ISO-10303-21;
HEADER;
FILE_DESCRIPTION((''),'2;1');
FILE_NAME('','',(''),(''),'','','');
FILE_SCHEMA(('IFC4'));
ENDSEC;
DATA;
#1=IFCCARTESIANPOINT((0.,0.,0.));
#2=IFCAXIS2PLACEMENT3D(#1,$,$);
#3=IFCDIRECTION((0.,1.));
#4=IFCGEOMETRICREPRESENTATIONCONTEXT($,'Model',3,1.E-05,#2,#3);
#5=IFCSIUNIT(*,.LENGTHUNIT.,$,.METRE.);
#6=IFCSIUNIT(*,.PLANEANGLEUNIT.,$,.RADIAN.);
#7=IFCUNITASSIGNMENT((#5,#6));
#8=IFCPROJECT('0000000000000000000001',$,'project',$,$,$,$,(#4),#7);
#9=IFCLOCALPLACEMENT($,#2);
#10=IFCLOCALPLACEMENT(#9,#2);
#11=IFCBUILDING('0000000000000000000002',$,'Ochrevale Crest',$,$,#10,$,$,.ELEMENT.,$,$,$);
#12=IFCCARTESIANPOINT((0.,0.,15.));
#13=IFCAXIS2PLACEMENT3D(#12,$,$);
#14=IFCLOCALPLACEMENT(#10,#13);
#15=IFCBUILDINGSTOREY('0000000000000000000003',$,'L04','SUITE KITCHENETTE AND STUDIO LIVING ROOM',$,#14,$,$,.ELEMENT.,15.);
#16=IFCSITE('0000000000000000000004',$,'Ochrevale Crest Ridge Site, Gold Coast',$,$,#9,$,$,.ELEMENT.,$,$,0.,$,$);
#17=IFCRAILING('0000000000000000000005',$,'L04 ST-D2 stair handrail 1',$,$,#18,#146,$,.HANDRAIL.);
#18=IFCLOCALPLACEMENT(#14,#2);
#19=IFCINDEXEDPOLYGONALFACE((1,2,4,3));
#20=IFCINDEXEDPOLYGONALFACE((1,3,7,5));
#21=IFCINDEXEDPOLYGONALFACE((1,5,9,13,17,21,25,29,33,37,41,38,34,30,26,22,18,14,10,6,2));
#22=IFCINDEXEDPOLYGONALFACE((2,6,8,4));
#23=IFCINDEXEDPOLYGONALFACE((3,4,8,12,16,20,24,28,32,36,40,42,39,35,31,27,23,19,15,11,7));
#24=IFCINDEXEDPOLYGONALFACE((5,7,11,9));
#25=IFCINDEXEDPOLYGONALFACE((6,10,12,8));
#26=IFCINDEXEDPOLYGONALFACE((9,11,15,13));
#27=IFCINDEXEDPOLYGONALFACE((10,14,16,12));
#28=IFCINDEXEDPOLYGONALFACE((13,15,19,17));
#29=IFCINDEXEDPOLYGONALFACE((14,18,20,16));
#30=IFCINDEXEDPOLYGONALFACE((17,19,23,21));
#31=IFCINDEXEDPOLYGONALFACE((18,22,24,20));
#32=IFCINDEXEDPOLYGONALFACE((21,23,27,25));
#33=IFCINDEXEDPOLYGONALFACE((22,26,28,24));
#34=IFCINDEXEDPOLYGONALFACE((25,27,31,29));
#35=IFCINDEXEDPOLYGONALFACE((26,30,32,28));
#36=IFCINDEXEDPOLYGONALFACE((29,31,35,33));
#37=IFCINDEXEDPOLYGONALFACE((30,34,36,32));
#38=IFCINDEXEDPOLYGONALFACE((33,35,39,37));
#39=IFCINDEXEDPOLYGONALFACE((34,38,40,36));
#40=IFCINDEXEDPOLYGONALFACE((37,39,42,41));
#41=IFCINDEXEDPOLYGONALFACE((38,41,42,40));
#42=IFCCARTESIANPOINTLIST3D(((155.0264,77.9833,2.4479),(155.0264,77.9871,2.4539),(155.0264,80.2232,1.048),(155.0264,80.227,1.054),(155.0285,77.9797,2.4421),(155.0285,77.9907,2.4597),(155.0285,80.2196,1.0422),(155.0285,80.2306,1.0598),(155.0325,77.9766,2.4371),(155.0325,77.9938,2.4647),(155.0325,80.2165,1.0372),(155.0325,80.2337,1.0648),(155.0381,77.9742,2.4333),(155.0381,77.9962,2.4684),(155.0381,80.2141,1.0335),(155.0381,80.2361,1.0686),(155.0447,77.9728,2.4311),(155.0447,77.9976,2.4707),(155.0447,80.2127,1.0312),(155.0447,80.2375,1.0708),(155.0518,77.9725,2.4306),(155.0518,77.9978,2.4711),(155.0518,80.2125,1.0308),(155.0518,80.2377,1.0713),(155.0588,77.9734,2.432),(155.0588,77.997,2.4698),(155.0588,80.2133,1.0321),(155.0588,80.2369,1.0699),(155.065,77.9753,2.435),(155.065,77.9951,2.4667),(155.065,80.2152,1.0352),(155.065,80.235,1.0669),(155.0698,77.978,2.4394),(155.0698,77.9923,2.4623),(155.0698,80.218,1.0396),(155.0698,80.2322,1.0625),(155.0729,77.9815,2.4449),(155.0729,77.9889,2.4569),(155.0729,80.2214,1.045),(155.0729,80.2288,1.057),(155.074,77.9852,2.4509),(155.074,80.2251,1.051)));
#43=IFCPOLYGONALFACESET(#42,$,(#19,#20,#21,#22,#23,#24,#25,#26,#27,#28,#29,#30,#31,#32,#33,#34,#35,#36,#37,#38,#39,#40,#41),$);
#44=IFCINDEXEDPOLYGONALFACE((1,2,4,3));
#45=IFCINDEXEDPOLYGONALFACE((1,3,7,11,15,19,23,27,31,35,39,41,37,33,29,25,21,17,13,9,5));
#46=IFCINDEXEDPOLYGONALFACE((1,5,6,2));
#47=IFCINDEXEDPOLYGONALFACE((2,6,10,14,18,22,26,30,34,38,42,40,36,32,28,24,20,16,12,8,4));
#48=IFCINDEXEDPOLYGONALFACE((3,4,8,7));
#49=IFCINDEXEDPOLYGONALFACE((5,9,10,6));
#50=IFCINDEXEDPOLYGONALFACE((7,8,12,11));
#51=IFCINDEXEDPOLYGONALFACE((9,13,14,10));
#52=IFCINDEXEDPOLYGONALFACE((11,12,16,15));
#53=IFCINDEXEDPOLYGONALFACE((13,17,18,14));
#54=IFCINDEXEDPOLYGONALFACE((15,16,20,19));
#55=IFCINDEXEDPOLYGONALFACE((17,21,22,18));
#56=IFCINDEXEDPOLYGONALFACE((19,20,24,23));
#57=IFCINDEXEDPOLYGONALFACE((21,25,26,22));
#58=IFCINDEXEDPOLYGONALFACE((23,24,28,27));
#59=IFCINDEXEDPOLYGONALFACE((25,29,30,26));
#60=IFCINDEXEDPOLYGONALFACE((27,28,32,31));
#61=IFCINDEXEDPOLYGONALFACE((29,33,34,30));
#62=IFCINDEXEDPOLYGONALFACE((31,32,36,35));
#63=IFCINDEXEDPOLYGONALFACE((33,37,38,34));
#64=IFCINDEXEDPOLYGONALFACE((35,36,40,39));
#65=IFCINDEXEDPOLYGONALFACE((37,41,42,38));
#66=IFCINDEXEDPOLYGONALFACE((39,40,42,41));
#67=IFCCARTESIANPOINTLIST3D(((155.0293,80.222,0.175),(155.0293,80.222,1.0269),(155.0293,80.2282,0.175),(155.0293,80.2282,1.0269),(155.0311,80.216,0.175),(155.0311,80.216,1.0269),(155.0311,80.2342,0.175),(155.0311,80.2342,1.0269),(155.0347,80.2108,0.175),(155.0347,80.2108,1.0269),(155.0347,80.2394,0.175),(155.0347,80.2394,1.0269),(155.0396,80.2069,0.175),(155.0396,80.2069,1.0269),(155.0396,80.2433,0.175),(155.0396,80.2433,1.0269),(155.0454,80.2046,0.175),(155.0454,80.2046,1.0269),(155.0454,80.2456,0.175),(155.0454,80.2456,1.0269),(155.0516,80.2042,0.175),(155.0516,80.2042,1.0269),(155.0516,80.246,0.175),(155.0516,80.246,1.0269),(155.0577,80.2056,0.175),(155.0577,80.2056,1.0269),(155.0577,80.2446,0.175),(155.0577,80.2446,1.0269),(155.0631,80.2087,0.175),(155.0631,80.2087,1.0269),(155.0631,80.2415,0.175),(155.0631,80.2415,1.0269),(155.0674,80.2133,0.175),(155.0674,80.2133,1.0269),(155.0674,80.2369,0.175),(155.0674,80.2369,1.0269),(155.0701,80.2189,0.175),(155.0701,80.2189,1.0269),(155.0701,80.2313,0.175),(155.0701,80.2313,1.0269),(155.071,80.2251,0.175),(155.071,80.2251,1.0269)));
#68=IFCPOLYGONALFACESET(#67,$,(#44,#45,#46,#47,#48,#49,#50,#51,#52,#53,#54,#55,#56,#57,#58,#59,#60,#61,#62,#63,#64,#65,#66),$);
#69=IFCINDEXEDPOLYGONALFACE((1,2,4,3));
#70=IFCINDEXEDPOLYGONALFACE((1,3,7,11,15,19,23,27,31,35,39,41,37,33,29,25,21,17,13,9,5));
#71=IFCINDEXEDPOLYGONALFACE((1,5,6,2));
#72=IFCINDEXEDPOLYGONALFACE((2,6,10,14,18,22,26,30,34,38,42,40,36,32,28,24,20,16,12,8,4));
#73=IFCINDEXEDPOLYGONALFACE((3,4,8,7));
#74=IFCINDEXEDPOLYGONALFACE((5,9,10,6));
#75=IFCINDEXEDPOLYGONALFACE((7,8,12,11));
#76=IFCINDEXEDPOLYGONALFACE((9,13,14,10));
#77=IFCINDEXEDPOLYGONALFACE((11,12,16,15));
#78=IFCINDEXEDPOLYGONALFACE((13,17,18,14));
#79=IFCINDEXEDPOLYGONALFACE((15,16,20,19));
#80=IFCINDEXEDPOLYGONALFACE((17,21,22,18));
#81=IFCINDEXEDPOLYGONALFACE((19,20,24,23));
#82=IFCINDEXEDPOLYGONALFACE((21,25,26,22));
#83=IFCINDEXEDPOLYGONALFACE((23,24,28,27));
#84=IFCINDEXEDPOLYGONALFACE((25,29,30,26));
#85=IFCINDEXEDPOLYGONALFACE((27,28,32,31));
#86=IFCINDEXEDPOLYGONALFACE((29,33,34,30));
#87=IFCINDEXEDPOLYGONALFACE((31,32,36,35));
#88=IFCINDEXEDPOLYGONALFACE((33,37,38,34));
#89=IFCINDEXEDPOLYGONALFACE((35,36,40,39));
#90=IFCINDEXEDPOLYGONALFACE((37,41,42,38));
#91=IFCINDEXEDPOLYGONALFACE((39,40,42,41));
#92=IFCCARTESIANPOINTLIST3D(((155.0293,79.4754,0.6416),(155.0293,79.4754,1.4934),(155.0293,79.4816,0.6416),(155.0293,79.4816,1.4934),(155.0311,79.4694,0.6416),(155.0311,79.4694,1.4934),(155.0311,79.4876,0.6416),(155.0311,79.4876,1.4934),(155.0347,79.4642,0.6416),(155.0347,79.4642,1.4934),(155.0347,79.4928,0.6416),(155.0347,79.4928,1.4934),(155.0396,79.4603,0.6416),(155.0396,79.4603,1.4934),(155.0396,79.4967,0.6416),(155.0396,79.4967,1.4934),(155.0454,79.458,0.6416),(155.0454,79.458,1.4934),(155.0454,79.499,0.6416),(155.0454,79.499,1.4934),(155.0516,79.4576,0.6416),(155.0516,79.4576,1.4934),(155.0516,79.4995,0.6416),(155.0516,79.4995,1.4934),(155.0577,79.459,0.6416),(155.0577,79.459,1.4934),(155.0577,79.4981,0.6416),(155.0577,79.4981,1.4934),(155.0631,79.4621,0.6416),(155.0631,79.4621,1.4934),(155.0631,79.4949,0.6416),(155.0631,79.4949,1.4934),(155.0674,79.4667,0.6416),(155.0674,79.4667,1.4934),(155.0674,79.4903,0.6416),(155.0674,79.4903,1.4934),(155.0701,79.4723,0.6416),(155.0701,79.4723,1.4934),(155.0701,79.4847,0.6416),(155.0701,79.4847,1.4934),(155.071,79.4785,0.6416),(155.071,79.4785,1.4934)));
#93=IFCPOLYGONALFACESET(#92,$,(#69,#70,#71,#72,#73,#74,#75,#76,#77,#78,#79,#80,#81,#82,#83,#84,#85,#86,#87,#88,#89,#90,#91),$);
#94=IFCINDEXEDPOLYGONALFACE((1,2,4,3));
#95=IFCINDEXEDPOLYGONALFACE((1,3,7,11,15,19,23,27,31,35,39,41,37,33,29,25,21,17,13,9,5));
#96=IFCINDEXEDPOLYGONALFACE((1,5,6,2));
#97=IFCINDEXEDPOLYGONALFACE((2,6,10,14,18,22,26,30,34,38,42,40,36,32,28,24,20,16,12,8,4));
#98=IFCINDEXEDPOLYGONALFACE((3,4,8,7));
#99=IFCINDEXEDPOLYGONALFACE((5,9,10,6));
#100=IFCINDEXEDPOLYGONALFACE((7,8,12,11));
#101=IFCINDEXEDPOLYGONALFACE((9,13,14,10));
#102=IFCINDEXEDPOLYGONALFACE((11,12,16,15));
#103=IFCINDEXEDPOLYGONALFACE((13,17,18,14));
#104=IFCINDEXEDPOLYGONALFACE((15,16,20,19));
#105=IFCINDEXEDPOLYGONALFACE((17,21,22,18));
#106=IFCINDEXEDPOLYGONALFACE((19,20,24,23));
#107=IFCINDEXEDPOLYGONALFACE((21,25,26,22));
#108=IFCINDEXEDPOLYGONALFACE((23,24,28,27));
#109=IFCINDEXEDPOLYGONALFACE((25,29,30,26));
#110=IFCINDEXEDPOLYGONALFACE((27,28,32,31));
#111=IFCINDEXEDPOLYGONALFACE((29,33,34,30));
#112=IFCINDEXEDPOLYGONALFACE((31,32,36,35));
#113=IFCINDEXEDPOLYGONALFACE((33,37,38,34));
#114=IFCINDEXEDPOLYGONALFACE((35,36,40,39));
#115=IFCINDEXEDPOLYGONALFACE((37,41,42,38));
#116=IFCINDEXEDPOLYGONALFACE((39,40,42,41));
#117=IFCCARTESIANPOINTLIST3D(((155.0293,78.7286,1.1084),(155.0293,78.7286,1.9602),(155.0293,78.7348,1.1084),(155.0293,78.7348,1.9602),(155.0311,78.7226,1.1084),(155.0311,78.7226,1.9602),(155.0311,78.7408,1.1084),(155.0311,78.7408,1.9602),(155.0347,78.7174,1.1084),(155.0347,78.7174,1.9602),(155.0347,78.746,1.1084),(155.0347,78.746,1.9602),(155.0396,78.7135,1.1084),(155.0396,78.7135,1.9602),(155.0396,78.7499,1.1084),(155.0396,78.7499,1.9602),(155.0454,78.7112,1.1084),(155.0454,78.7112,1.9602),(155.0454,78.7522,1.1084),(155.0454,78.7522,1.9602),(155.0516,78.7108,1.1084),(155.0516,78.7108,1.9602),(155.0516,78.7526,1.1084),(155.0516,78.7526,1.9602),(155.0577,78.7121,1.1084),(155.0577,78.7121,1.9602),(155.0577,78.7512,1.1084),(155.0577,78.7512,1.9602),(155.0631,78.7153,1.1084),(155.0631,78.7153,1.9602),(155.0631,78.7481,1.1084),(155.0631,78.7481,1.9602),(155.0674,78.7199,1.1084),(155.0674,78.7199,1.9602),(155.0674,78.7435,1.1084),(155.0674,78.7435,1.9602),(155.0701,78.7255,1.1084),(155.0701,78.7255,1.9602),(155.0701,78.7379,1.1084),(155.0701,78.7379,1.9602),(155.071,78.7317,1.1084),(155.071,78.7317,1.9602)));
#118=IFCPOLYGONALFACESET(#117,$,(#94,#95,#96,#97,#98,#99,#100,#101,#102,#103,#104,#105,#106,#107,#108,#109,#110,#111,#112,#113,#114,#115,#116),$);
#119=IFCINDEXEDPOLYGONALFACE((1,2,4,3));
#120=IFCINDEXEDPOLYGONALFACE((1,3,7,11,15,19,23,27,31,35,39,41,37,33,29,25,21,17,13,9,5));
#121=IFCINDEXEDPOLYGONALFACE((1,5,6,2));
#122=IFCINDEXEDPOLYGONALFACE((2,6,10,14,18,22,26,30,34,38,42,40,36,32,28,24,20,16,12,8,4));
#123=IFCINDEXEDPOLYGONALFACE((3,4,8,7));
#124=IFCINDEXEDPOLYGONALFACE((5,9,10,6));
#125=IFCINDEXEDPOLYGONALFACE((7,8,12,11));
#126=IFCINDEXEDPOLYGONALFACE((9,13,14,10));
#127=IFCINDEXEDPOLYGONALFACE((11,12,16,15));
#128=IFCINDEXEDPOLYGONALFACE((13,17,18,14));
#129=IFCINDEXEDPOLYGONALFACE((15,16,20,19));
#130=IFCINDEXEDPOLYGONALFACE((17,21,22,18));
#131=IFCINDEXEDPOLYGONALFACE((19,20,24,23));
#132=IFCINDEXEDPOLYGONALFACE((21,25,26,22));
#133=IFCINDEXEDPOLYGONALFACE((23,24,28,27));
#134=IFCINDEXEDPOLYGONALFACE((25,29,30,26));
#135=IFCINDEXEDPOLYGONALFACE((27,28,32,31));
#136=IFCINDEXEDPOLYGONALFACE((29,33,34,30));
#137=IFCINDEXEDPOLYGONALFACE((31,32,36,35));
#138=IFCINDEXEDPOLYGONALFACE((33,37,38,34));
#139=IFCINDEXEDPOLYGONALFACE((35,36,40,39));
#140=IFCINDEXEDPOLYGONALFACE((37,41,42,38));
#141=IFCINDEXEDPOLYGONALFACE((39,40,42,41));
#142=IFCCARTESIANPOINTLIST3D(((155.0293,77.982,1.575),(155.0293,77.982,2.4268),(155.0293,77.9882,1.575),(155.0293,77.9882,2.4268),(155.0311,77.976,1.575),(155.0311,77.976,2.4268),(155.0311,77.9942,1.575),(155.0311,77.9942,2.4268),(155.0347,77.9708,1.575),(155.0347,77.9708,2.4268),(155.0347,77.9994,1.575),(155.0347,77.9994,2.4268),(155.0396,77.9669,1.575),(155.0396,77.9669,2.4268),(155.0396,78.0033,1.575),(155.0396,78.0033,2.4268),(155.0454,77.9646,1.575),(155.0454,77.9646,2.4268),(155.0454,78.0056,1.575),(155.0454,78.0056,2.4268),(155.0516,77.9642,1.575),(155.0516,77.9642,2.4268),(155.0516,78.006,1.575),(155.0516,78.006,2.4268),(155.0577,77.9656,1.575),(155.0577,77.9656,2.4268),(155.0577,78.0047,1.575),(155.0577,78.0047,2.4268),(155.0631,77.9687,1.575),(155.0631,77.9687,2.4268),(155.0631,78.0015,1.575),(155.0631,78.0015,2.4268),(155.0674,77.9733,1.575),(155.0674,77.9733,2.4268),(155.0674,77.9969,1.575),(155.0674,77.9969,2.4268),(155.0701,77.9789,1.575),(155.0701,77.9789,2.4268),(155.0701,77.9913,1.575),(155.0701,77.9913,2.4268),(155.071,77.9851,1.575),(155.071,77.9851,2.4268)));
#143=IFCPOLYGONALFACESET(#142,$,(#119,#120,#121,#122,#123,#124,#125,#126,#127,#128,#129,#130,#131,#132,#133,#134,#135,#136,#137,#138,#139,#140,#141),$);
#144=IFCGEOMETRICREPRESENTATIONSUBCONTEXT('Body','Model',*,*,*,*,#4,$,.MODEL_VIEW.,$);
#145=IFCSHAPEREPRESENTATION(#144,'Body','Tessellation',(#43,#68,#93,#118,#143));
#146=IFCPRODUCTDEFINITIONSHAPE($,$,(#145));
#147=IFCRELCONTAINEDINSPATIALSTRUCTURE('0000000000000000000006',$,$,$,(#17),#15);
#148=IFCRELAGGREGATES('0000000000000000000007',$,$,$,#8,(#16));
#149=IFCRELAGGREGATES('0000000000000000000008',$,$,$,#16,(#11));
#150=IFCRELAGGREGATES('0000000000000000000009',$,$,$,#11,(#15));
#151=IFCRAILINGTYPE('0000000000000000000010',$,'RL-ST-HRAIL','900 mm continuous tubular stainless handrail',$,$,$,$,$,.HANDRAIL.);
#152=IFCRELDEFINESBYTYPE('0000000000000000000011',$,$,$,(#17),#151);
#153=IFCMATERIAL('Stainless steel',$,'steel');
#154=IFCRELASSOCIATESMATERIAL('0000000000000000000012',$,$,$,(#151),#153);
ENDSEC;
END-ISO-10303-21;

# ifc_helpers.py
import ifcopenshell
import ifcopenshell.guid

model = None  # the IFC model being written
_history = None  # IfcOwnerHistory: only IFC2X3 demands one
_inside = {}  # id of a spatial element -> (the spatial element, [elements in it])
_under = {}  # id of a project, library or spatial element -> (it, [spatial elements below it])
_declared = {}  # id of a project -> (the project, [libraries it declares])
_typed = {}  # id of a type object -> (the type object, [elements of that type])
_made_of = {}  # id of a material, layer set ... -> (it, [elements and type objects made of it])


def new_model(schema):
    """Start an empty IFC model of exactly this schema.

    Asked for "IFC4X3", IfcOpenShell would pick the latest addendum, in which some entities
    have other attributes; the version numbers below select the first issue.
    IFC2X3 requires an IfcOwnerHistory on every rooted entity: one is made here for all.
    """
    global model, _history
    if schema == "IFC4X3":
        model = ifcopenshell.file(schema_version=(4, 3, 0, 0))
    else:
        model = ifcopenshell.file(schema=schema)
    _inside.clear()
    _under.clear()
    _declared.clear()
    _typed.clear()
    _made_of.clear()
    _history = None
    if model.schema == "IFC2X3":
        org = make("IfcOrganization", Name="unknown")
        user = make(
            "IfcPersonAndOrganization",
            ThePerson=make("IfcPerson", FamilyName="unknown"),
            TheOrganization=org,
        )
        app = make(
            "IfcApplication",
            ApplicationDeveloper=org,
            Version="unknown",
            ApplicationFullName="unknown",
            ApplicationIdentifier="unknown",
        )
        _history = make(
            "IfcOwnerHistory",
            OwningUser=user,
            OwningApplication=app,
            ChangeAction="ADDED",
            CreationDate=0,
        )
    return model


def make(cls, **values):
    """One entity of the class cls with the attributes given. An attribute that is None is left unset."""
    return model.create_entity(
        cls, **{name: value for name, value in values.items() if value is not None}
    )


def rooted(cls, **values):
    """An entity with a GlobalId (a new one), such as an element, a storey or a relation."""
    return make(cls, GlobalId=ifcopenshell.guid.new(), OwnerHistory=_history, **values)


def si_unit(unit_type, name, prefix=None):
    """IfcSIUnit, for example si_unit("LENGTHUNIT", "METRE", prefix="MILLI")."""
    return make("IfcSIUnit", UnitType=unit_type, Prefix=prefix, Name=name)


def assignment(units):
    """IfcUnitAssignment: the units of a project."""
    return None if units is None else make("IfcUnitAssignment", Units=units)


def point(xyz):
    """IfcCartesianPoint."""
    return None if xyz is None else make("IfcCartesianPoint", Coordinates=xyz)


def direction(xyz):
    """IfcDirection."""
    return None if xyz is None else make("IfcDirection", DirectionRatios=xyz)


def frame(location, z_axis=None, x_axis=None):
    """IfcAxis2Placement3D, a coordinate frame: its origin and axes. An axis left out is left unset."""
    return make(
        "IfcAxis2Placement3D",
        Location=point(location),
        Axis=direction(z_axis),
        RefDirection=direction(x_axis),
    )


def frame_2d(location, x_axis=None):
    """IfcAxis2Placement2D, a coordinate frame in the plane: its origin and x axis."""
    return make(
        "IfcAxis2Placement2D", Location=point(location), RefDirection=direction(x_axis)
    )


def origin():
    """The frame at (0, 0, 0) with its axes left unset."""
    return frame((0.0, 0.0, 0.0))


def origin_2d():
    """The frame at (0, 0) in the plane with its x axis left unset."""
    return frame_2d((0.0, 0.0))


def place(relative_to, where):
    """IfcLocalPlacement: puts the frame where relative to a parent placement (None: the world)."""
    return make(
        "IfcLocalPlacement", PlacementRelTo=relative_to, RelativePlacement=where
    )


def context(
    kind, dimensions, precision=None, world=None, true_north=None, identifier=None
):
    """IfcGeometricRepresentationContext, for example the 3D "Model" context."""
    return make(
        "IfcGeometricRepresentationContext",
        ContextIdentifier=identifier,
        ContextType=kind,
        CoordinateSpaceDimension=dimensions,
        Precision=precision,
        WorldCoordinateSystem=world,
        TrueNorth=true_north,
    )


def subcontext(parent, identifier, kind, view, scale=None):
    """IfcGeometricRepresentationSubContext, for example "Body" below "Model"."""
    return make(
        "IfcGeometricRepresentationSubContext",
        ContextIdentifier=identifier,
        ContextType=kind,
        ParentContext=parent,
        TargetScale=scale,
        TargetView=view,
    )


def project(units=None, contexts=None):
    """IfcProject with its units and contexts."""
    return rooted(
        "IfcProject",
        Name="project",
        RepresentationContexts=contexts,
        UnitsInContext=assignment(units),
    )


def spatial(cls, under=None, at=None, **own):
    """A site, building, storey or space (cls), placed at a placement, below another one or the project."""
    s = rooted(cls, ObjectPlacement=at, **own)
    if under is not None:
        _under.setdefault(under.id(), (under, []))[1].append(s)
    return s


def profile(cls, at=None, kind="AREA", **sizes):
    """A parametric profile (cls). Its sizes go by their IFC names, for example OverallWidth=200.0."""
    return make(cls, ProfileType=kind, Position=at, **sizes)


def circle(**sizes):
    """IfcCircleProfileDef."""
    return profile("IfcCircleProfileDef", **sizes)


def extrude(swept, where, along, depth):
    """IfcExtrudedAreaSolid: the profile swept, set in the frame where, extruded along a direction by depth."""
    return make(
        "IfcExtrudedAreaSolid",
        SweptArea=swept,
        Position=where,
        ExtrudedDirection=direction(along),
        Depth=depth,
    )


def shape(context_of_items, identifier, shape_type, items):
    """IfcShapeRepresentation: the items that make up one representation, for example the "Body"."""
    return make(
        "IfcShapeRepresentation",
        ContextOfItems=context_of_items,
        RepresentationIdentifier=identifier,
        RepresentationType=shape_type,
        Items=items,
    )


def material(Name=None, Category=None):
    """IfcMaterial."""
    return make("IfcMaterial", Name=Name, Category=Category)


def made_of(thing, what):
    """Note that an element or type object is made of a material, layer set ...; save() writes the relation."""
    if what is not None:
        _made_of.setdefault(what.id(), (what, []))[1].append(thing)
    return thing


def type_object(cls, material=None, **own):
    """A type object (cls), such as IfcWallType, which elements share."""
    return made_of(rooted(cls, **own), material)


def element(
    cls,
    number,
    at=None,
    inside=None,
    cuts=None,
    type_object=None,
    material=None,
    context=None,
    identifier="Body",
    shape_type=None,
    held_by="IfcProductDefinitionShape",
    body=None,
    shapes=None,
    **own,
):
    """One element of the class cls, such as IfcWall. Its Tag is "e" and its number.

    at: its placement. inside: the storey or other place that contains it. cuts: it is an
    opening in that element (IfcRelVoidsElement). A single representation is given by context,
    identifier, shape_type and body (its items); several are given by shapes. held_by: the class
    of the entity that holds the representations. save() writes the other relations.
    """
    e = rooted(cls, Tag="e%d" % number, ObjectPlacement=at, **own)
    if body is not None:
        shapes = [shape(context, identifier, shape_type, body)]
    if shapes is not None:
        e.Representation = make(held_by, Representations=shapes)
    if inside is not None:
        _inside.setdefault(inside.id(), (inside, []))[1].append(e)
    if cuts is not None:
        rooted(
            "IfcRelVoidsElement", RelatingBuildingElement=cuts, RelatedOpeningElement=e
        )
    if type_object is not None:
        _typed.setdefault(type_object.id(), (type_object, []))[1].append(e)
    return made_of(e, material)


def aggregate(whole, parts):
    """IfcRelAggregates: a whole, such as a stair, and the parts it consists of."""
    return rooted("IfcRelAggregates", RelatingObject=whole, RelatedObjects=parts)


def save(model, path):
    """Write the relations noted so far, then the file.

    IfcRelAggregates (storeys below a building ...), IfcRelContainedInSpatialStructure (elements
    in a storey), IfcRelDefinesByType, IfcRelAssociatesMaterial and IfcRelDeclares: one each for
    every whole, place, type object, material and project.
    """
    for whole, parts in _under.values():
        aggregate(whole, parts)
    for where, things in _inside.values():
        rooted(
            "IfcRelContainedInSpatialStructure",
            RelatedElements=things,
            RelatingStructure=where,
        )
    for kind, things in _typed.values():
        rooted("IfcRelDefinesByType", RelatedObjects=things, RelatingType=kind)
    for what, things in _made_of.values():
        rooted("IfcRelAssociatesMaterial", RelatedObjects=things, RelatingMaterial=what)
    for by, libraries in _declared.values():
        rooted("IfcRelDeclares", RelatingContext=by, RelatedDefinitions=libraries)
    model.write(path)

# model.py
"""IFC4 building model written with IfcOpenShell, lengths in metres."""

from ifc_helpers import new_model, si_unit, direction, frame, origin, origin_2d, place, context, subcontext, project, spatial, circle, extrude, material, type_object, element, save


model = new_model("IFC4")

# Units and contexts
model_context = context("Model", 3, precision=1e-05, world=origin(), true_north=direction((0.0, 1.0)))
body_context = subcontext(model_context, "Body", "Model", "MODEL_VIEW")
ifc_project = project(units=[si_unit("LENGTHUNIT", "METRE"), si_unit("PLANEANGLEUNIT", "RADIAN")], contexts=[model_context])

# Site, building, storey
site_placement = place(None, origin())
site = spatial("IfcSite", under=ifc_project, at=site_placement, Name="Ochrevale Crest Ridge Site, Gold Coast", CompositionType="ELEMENT", RefElevation=0.0)
building_placement = place(site_placement, origin())
building = spatial("IfcBuilding", under=site, at=building_placement, Name="Ochrevale Crest", CompositionType="ELEMENT")
storey_placement = place(building_placement, frame((0.0, 0.0, 15.0)))
storey = spatial("IfcBuildingStorey", under=building, at=storey_placement, Name="L04", Description="SUITE KITCHENETTE AND STUDIO LIVING ROOM", CompositionType="ELEMENT", Elevation=15.0)

# Railing
ifc_material_1 = material(Name="Stainless steel", Category="steel")
railing_type_1 = type_object("IfcRailingType", Name="RL-ST-HRAIL", Description="900 mm continuous tubular stainless handrail", PredefinedType="HANDRAIL", material=ifc_material_1)
railing_1_placement = place(storey_placement, frame((155.05, 80.2251, 0.175)))
element("IfcRailing", 1, at=railing_1_placement, inside=storey, type_object=railing_type_1, Name="L04 ST-D2 stair handrail 1", PredefinedType="HANDRAIL", context=body_context, shape_type="SweptSolid", body=[
    extrude(circle(Radius=0.0239, at=origin_2d()), frame((0.0, 0.0, 0.876), z_axis=(0.0, -0.848014, 0.529974), x_axis=(1.0, 0.0, 0.0)), (0.0, 0.0, 1.0), 2.6414),
    extrude(circle(Radius=0.021, at=origin_2d()), origin(), (0.0, 0.0, 1.0), 0.8518),
    extrude(circle(Radius=0.021, at=origin_2d()), frame((0.0, -0.7466, 0.4666)), (0.0, 0.0, 1.0), 0.8518),
    extrude(circle(Radius=0.021, at=origin_2d()), frame((0.0, -1.4934, 0.9333)), (0.0, 0.0, 1.0), 0.8518),
    extrude(circle(Radius=0.021, at=origin_2d()), frame((0.0, -2.24, 1.3999)), (0.0, 0.0, 1.0), 0.8518),
])

save(model, "model.ifc")
